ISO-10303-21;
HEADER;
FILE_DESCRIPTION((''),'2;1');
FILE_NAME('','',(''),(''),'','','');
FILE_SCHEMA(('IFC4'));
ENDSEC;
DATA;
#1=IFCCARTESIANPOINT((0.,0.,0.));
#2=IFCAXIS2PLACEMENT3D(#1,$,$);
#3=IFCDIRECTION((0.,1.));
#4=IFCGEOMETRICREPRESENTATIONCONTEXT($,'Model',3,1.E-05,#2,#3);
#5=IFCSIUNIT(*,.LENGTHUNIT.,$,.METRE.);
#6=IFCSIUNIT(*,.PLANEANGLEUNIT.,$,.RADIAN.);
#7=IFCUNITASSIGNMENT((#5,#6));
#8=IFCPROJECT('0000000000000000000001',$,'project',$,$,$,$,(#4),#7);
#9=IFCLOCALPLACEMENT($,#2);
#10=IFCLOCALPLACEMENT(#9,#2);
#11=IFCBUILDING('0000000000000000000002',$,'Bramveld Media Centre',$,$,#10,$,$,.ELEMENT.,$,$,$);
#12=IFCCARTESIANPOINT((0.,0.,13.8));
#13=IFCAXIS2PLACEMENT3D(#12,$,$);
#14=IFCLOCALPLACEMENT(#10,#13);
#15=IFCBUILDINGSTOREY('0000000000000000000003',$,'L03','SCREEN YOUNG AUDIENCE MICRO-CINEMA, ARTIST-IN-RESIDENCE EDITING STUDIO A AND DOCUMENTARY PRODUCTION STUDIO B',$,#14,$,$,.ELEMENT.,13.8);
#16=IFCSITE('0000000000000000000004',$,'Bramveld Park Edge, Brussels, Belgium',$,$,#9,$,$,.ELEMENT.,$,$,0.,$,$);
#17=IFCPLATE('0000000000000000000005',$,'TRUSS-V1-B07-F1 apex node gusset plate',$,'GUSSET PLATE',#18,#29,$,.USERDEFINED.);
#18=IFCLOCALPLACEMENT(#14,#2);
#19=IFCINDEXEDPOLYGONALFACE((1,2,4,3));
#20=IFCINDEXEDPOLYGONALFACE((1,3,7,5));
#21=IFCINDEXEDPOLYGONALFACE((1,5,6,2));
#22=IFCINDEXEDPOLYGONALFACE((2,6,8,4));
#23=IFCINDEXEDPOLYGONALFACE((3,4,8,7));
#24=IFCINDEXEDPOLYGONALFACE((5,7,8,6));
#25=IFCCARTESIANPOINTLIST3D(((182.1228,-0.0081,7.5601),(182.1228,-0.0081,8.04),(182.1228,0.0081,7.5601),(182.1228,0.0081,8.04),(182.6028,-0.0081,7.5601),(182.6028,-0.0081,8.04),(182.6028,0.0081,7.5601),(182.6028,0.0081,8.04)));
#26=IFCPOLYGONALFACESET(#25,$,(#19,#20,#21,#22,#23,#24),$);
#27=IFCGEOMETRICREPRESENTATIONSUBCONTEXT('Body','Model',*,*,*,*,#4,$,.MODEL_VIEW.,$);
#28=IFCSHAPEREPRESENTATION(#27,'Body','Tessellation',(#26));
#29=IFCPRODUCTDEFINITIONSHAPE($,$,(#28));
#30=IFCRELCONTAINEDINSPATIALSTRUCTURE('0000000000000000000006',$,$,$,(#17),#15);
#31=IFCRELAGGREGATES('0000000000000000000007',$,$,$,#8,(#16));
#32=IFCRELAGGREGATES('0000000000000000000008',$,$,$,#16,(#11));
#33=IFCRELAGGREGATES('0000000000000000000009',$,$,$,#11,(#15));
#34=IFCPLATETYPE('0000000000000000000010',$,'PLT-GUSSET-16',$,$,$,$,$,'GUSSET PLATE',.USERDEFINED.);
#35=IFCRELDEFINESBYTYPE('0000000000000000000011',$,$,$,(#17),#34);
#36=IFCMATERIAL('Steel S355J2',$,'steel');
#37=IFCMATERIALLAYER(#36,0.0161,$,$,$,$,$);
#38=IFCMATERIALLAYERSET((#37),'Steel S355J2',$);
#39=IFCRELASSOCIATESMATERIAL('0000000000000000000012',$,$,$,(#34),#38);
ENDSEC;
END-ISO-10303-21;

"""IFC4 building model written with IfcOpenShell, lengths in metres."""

from ifc_helpers import new_model, si_unit, direction, frame, origin, origin_2d, place, context, subcontext, project, spatial, rectangle, extrude, material, layer, layer_set, type_object, element, save


model = new_model("IFC4")

# Units and contexts
model_context = context("Model", 3, precision=1e-05, world=origin(), true_north=direction((0.0, 1.0)))
body_context = subcontext(model_context, "Body", "Model", "MODEL_VIEW")
ifc_project = project(units=[si_unit("LENGTHUNIT", "METRE"), si_unit("PLANEANGLEUNIT", "RADIAN")], contexts=[model_context])

# Site, building, storey
site_placement = place(None, origin())
site = spatial("IfcSite", under=ifc_project, at=site_placement, Name="Bramveld Park Edge, Brussels, Belgium", CompositionType="ELEMENT", RefElevation=0.0)
building_placement = place(site_placement, origin())
building = spatial("IfcBuilding", under=site, at=building_placement, Name="Bramveld Media Centre", CompositionType="ELEMENT")
storey_placement = place(building_placement, frame((0.0, 0.0, 13.8)))
storey = spatial("IfcBuildingStorey", under=building, at=storey_placement, Name="L03", Description="SCREEN YOUNG AUDIENCE MICRO-CINEMA, ARTIST-IN-RESIDENCE EDITING STUDIO A AND DOCUMENTARY PRODUCTION STUDIO B", CompositionType="ELEMENT", Elevation=13.8)

# Plate
ifc_material_1 = material(Name="Steel S355J2", Category="steel")
ifc_layer_1 = layer(ifc_material_1, 0.0161)
ifc_layer_set_1 = layer_set([ifc_layer_1], Name="Steel S355J2")
plate_type_1 = type_object("IfcPlateType", Name="PLT-GUSSET-16", ElementType="GUSSET PLATE", PredefinedType="USERDEFINED", material=ifc_layer_set_1)
plate_1_placement = place(storey_placement, frame((182.3628, 0.0, 7.5601), z_axis=(0.0, 0.0, 1.0), x_axis=(1.0, 0.0, 0.0)))
element("IfcPlate", 1, at=plate_1_placement, inside=storey, type_object=plate_type_1, Name="TRUSS-V1-B07-F1 apex node gusset plate", ObjectType="GUSSET PLATE", PredefinedType="USERDEFINED", context=body_context, shape_type="SweptSolid", body=[
    extrude(rectangle(XDim=0.48, YDim=0.0161, at=origin_2d()), origin(), (0.0, 0.0, 1.0), 0.48),
])

save(model, "model.ifc")
